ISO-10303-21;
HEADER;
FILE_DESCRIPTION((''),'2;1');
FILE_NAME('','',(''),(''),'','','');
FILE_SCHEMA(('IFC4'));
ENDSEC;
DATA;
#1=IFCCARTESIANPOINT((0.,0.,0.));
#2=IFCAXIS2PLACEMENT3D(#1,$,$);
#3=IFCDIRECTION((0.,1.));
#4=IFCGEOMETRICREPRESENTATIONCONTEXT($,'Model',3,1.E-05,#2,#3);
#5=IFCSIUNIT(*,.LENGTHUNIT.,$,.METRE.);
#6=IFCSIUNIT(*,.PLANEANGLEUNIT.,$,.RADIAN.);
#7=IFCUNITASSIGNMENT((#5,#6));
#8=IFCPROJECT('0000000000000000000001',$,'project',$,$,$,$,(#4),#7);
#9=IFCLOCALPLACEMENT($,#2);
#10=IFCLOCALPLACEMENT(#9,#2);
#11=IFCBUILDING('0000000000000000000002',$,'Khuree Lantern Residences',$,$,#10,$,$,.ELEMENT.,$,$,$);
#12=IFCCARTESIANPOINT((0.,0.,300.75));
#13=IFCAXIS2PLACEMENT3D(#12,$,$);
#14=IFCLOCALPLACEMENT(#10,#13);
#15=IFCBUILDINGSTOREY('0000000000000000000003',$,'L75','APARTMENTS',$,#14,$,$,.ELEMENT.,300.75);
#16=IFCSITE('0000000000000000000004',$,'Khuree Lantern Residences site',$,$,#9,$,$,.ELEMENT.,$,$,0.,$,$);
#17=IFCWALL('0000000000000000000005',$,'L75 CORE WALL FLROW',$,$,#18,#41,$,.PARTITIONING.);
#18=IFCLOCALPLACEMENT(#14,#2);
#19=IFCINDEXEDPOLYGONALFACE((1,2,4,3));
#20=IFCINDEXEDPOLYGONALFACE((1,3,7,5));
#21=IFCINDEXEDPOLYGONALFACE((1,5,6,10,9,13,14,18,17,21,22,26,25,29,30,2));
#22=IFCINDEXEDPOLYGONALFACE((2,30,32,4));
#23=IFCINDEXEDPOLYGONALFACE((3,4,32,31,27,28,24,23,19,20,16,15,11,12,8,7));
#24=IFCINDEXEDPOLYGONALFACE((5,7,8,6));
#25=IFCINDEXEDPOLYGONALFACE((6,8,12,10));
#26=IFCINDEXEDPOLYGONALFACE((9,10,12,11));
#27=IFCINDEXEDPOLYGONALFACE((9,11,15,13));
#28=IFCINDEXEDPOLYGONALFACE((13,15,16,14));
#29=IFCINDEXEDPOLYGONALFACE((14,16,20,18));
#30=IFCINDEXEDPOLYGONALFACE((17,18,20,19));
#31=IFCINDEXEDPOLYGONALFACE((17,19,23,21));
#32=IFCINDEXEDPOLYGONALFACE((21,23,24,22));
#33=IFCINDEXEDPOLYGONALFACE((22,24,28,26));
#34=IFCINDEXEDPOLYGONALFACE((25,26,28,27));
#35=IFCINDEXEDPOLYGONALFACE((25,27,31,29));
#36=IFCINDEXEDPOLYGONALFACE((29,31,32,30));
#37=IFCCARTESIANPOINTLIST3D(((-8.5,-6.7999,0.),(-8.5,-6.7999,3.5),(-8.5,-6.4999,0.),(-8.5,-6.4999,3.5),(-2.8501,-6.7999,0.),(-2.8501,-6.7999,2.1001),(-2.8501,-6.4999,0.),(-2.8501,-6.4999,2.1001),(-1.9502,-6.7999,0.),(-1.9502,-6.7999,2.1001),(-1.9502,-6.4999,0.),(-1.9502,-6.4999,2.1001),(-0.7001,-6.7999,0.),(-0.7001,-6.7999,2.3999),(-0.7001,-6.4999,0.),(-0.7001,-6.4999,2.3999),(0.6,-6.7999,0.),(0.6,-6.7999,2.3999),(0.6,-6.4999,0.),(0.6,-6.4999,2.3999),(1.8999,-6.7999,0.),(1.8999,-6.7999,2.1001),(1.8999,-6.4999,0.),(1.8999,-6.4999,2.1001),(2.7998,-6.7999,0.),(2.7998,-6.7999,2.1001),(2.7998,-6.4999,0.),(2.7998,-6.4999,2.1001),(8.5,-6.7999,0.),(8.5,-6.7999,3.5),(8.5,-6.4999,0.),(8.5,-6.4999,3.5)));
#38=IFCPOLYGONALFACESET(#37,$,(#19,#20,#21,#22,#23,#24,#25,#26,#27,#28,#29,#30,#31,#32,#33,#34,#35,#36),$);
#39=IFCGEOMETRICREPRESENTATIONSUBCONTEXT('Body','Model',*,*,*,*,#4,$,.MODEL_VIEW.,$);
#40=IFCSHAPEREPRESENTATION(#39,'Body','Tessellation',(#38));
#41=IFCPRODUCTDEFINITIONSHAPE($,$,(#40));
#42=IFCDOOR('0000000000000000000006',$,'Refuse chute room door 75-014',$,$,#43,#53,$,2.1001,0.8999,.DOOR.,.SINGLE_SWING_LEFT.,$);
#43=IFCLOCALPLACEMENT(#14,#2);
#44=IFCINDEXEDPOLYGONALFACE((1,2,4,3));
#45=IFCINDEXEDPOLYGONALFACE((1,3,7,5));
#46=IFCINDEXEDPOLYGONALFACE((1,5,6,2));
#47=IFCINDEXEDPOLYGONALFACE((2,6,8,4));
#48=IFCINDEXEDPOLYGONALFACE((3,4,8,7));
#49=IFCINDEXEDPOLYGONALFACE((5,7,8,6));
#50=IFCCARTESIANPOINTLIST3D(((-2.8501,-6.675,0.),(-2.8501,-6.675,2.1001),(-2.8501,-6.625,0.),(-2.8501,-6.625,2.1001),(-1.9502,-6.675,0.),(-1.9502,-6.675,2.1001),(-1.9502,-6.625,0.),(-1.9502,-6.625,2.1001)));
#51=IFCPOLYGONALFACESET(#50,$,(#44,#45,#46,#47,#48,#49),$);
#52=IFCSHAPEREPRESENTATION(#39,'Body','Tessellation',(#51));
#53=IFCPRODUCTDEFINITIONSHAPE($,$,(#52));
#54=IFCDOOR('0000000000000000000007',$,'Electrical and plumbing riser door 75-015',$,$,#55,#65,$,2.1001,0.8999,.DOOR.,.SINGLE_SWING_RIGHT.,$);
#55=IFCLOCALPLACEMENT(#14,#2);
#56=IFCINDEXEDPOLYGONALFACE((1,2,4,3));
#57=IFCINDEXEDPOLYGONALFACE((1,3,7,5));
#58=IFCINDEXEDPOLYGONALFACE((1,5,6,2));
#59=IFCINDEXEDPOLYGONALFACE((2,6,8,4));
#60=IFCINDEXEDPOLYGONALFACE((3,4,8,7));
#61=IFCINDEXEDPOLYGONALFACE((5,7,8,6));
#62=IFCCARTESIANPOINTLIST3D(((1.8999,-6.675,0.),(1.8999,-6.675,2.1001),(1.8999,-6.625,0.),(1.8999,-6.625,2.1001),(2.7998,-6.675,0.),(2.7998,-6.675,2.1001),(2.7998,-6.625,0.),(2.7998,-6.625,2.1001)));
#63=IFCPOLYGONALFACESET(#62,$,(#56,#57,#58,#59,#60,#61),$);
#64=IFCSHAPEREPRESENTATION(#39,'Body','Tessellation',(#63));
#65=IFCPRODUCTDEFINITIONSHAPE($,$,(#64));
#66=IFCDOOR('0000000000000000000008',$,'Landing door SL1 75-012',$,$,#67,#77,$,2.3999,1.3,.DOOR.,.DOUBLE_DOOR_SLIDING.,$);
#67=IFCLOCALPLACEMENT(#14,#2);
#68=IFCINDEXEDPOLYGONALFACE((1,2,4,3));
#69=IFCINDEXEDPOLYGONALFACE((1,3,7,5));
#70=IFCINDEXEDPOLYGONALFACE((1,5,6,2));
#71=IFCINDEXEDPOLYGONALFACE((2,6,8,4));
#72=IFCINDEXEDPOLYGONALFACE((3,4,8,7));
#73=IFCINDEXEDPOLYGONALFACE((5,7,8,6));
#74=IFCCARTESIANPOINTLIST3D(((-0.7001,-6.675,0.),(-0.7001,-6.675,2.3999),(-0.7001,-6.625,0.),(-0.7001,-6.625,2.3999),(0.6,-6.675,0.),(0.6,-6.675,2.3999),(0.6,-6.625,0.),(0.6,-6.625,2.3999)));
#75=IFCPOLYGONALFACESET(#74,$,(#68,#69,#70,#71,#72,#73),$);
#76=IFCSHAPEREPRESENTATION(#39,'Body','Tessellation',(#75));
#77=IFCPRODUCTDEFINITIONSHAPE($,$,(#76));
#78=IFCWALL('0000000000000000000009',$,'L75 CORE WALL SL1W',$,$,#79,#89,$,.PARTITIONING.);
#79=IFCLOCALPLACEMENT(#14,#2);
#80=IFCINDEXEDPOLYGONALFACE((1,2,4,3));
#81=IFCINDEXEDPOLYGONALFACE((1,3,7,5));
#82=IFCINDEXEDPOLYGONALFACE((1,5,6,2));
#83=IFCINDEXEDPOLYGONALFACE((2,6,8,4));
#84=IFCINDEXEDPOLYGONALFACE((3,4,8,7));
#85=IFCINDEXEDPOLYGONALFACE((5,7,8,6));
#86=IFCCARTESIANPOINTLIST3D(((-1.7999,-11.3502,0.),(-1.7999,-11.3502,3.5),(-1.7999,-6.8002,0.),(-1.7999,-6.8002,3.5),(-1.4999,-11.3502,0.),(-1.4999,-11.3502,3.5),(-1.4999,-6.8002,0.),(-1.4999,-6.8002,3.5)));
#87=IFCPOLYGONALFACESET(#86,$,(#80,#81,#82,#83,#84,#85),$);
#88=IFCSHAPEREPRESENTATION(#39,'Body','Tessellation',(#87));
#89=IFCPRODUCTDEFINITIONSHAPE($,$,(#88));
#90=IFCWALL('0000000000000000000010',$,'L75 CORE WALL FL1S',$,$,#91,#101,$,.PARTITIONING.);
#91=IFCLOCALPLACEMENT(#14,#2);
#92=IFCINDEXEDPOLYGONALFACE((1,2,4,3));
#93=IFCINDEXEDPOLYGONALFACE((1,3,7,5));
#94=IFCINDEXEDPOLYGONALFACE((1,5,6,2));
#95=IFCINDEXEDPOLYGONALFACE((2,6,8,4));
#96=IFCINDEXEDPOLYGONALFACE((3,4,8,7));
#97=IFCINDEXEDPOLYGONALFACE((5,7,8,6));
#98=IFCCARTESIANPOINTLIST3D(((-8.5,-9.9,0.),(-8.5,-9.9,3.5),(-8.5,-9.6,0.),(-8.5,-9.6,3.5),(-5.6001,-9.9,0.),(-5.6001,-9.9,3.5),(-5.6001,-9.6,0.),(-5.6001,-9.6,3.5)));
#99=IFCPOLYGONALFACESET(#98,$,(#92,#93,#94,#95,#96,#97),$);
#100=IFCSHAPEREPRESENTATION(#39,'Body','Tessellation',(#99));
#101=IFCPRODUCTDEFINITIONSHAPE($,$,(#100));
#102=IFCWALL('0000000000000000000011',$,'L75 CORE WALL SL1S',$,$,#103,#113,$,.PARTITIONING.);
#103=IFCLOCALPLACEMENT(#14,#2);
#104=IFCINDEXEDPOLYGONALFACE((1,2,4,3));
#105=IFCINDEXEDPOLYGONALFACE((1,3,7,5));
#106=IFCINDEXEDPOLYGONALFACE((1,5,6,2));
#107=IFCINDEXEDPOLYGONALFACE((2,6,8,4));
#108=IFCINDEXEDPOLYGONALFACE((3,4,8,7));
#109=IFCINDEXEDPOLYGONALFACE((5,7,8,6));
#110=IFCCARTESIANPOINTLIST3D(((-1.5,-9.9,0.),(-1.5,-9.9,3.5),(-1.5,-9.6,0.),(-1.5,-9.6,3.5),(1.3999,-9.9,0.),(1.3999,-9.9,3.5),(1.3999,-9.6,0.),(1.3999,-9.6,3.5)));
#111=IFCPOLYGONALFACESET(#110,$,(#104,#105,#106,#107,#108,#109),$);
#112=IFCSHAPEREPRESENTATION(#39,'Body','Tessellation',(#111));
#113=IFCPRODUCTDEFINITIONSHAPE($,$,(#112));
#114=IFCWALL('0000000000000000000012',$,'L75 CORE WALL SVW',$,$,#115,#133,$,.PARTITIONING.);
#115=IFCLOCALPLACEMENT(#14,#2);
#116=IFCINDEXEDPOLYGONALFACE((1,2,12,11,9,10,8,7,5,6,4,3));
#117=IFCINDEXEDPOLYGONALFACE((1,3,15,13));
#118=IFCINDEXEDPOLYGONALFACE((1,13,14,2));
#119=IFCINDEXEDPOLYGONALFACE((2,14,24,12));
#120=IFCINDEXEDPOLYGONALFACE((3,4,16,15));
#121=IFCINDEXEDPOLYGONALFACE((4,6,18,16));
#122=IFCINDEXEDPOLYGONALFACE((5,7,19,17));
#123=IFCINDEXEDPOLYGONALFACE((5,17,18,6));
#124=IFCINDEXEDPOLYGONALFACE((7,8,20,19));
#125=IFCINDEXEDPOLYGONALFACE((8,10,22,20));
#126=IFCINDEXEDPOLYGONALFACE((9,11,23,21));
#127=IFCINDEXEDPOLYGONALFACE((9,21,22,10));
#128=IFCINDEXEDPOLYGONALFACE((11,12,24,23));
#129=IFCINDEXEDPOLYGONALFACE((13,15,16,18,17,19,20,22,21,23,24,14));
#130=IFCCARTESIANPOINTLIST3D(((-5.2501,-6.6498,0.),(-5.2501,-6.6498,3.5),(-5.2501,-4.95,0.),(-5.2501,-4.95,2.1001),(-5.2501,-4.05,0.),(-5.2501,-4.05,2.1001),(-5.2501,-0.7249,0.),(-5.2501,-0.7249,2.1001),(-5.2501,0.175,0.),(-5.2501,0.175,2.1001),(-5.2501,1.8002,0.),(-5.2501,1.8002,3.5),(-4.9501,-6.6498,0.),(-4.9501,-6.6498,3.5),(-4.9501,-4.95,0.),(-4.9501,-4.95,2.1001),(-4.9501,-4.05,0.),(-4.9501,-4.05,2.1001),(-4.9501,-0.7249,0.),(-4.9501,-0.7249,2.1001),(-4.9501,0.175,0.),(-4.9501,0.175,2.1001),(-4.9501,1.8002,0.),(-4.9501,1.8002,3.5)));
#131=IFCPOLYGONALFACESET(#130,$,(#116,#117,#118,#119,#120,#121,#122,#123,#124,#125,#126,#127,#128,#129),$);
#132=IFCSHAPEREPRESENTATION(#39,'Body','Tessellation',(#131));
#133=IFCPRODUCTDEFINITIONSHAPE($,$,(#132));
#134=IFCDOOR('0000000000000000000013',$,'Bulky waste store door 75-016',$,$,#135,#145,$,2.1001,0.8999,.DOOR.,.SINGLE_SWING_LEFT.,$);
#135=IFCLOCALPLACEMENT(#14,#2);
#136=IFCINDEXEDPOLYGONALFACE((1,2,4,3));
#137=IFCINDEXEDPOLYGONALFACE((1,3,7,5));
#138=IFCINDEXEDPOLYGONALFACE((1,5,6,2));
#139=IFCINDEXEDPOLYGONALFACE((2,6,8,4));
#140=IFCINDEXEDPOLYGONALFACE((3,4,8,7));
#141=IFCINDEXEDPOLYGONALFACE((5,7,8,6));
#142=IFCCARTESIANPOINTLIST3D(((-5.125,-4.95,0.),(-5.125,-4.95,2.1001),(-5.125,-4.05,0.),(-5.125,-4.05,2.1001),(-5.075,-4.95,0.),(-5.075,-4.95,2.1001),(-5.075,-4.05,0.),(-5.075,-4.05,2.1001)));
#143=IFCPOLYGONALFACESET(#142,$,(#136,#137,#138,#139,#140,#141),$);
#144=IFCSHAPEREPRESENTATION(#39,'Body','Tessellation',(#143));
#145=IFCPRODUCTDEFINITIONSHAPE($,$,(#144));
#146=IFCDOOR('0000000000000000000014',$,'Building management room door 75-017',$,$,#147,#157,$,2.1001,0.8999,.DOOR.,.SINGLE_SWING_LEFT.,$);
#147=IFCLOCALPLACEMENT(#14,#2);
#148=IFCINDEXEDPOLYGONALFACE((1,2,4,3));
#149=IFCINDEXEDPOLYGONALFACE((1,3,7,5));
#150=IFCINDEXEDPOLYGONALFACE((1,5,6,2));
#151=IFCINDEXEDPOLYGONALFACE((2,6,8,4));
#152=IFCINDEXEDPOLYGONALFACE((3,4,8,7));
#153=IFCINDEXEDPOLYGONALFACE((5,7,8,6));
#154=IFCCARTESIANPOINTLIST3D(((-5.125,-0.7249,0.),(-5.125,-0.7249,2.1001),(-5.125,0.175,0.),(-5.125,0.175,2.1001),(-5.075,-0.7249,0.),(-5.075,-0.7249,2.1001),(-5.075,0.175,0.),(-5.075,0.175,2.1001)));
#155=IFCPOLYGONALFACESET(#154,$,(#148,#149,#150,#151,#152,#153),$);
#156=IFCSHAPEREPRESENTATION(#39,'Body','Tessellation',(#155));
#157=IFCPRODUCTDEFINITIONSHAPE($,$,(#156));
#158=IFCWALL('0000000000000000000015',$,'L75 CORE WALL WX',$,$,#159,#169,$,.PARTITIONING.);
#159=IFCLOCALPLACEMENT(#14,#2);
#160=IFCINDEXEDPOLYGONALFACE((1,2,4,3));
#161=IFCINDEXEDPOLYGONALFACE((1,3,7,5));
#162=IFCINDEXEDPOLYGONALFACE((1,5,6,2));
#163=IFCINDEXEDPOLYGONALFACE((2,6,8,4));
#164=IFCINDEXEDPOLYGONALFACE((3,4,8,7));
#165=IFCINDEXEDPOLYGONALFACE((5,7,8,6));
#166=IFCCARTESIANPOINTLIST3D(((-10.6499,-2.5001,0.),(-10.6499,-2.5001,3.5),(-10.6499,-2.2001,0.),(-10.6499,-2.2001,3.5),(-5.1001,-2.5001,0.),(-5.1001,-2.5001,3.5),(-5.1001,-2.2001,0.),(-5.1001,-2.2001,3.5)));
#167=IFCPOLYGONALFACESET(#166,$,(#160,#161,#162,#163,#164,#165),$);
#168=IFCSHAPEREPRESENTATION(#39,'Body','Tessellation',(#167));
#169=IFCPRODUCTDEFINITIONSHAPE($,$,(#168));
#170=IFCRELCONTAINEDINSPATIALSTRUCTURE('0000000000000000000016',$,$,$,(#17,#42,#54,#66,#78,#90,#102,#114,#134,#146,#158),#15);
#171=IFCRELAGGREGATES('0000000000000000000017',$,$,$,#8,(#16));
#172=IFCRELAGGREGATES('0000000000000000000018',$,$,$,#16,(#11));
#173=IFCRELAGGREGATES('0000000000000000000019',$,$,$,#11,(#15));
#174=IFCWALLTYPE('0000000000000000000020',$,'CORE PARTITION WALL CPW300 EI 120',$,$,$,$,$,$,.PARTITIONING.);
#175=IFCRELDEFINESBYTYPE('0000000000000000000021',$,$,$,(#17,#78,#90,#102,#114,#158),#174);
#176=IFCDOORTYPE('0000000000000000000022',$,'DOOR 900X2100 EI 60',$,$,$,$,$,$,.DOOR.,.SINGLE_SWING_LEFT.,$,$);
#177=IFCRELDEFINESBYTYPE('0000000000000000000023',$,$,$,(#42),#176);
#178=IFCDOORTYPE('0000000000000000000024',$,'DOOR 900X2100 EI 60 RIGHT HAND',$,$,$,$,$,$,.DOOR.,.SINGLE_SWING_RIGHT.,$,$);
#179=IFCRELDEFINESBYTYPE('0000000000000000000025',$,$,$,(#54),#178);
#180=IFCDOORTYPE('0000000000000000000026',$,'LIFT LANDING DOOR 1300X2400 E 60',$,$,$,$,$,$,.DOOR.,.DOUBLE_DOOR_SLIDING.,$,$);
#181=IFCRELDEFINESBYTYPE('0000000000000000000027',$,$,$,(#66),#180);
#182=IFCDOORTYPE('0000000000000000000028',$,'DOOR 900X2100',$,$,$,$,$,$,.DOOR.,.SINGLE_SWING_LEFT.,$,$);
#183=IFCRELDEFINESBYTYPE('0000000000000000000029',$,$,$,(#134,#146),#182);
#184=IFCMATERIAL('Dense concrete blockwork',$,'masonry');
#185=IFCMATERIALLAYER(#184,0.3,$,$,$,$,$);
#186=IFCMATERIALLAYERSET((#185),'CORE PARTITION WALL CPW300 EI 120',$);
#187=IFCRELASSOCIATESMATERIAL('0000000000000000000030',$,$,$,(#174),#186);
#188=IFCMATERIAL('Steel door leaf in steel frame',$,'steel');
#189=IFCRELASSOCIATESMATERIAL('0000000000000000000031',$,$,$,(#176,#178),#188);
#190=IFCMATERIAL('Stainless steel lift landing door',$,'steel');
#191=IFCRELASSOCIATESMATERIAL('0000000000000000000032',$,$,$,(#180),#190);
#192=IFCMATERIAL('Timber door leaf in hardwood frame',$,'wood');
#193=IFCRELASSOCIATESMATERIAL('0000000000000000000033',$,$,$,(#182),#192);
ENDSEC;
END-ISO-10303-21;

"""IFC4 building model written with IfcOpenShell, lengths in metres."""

from ifc_helpers import new_model, si_unit, direction, frame, frame_2d, origin, place, context, subcontext, project, spatial, rectangle, extrude, material, layer, layer_set, type_object, element, fill, save


model = new_model("IFC4")

# Units and contexts
model_context = context("Model", 3, precision=1e-05, world=origin(), true_north=direction((0.0, 1.0)))
body_context = subcontext(model_context, "Body", "Model", "MODEL_VIEW")
ifc_project = project(units=[si_unit("LENGTHUNIT", "METRE"), si_unit("PLANEANGLEUNIT", "RADIAN")], contexts=[model_context])

# Site, building, storey
site_placement = place(None, origin())
site = spatial("IfcSite", under=ifc_project, at=site_placement, Name="Khuree Lantern Residences site", CompositionType="ELEMENT", RefElevation=0.0)
building_placement = place(site_placement, origin())
building = spatial("IfcBuilding", under=site, at=building_placement, Name="Khuree Lantern Residences", CompositionType="ELEMENT")
storey_placement = place(building_placement, frame((0.0, 0.0, 300.75)))
storey = spatial("IfcBuildingStorey", under=building, at=storey_placement, Name="L75", Description="APARTMENTS", CompositionType="ELEMENT", Elevation=300.75)

# Wall, openings, doors
ifc_material_1 = material(Name="Dense concrete blockwork", Category="masonry")
ifc_layer_1 = layer(ifc_material_1, 0.3)
ifc_layer_set_1 = layer_set([ifc_layer_1], Name="CORE PARTITION WALL CPW300 EI 120")
wall_type_1 = type_object("IfcWallType", Name="CORE PARTITION WALL CPW300 EI 120", PredefinedType="PARTITIONING", material=ifc_layer_set_1)
wall_1_placement = place(storey_placement, frame((-8.5, -6.6499, 0.0), z_axis=(0.0, 0.0, 1.0), x_axis=(1.0, 0.0, 0.0)))
wall_1 = element("IfcWall", 1, at=wall_1_placement, inside=storey, type_object=wall_type_1, Name="L75 CORE WALL FLROW", PredefinedType="PARTITIONING", context=body_context, shape_type="SweptSolid", body=[
    extrude(rectangle(XDim=17.0, YDim=0.3, at=frame_2d((8.5, 0.0))), origin(), (0.0, 0.0, 1.0), 3.5),
])
opening_1_placement = place(wall_1_placement, frame((7.8, 0.0, 0.0)))
opening_1 = element("IfcOpeningElement", 2, at=opening_1_placement, cuts=wall_1, PredefinedType="OPENING", context=body_context, shape_type="SweptSolid", body=[
    extrude(rectangle(XDim=1.3, YDim=2.3999, at=frame_2d((0.6499, 1.2))), frame((0.0, 0.1602, 0.0), z_axis=(0.0, -1.0, 0.0), x_axis=(1.0, 0.0, 0.0)), (0.0, 0.0, 1.0), 0.3201),
])
opening_2_placement = place(wall_1_placement, frame((5.6499, 0.0, 0.0)))
opening_2 = element("IfcOpeningElement", 3, at=opening_2_placement, cuts=wall_1, PredefinedType="OPENING", context=body_context, shape_type="SweptSolid", body=[
    extrude(rectangle(XDim=0.8999, YDim=2.1001, at=frame_2d((0.45, 1.05))), frame((0.0, 0.1602, 0.0), z_axis=(0.0, -1.0, 0.0), x_axis=(1.0, 0.0, 0.0)), (0.0, 0.0, 1.0), 0.3201),
])
opening_3_placement = place(wall_1_placement, frame((10.3999, 0.0, 0.0)))
opening_3 = element("IfcOpeningElement", 4, at=opening_3_placement, cuts=wall_1, PredefinedType="OPENING", context=body_context, shape_type="SweptSolid", body=[
    extrude(rectangle(XDim=0.8999, YDim=2.1001, at=frame_2d((0.45, 1.05))), frame((0.0, 0.1602, 0.0), z_axis=(0.0, -1.0, 0.0), x_axis=(1.0, 0.0, 0.0)), (0.0, 0.0, 1.0), 0.3201),
])
ifc_material_2 = material(Name="Steel door leaf in steel frame", Category="steel")
door_type_1 = type_object("IfcDoorType", Name="DOOR 900X2100 EI 60", OperationType="SINGLE_SWING_LEFT", PredefinedType="DOOR", material=ifc_material_2)
door_1_placement = place(opening_2_placement, origin())
door_1 = element("IfcDoor", 5, at=door_1_placement, inside=storey, type_object=door_type_1, Name="Refuse chute room door 75-014", OperationType="SINGLE_SWING_LEFT", OverallHeight=2.1001, OverallWidth=0.8999, PredefinedType="DOOR", context=body_context, shape_type="SweptSolid", body=[
    extrude(rectangle(XDim=0.8999, YDim=2.1001, at=frame_2d((0.45, 1.05))), frame((0.0, 0.0249, 0.0), z_axis=(0.0, -1.0, 0.0), x_axis=(1.0, 0.0, 0.0)), (0.0, 0.0, 1.0), 0.05),
])
fill(opening_2, door_1)
door_type_2 = type_object("IfcDoorType", Name="DOOR 900X2100 EI 60 RIGHT HAND", OperationType="SINGLE_SWING_RIGHT", PredefinedType="DOOR", material=ifc_material_2)
door_2_placement = place(opening_3_placement, origin())
door_2 = element("IfcDoor", 6, at=door_2_placement, inside=storey, type_object=door_type_2, Name="Electrical and plumbing riser door 75-015", OperationType="SINGLE_SWING_RIGHT", OverallHeight=2.1001, OverallWidth=0.8999, PredefinedType="DOOR", context=body_context, shape_type="SweptSolid", body=[
    extrude(rectangle(XDim=0.8999, YDim=2.1001, at=frame_2d((0.45, 1.05))), frame((0.0, 0.0249, 0.0), z_axis=(0.0, -1.0, 0.0), x_axis=(1.0, 0.0, 0.0)), (0.0, 0.0, 1.0), 0.05),
])
fill(opening_3, door_2)
ifc_material_3 = material(Name="Stainless steel lift landing door", Category="steel")
door_type_3 = type_object("IfcDoorType", Name="LIFT LANDING DOOR 1300X2400 E 60", OperationType="DOUBLE_DOOR_SLIDING", PredefinedType="DOOR", material=ifc_material_3)
door_3_placement = place(opening_1_placement, origin())
door_3 = element("IfcDoor", 7, at=door_3_placement, inside=storey, type_object=door_type_3, Name="Landing door SL1 75-012", OperationType="DOUBLE_DOOR_SLIDING", OverallHeight=2.3999, OverallWidth=1.3, PredefinedType="DOOR", context=body_context, shape_type="SweptSolid", body=[
    extrude(rectangle(XDim=1.3, YDim=2.3999, at=frame_2d((0.6499, 1.2))), frame((0.0, 0.0249, 0.0), z_axis=(0.0, -1.0, 0.0), x_axis=(1.0, 0.0, 0.0)), (0.0, 0.0, 1.0), 0.05),
])
fill(opening_1, door_3)

# Walls
wall_2_placement = place(storey_placement, frame((-1.6499, -11.3501, 0.0), z_axis=(0.0, 0.0, 1.0), x_axis=(0.0, 1.0, 0.0)))
element("IfcWall", 8, at=wall_2_placement, inside=storey, type_object=wall_type_1, Name="L75 CORE WALL SL1W", PredefinedType="PARTITIONING", context=body_context, shape_type="SweptSolid", body=[
    extrude(rectangle(XDim=4.55, YDim=0.3, at=frame_2d((2.2749, 0.0))), origin(), (0.0, 0.0, 1.0), 3.5),
])
for number, where, z_axis, x_axis, name in (
    (9, (-8.5, -9.75, 0.0), (0.0, 0.0, 1.0), (1.0, 0.0, 0.0), "L75 CORE WALL FL1S"),
    (10, (-1.5, -9.75, 0.0), (0.0, 0.0, 1.0), (1.0, 0.0, 0.0), "L75 CORE WALL SL1S"),
):
    element("IfcWall", number, at=place(storey_placement, frame(where, z_axis=z_axis, x_axis=x_axis)), inside=storey, type_object=wall_type_1, Name=name, PredefinedType="PARTITIONING", context=body_context, shape_type="SweptSolid", body=[
        extrude(rectangle(XDim=2.8999, YDim=0.3, at=frame_2d((1.45, 0.0))), origin(), (0.0, 0.0, 1.0), 3.5),
    ])

# Wall, openings, doors
wall_3_placement = place(storey_placement, frame((-5.1001, -6.6499, 0.0), z_axis=(0.0, 0.0, 1.0), x_axis=(0.0, 1.0, 0.0)))
wall_3 = element("IfcWall", 11, at=wall_3_placement, inside=storey, type_object=wall_type_1, Name="L75 CORE WALL SVW", PredefinedType="PARTITIONING", context=body_context, shape_type="SweptSolid", body=[
    extrude(rectangle(XDim=8.45, YDim=0.3, at=frame_2d((4.2251, 0.0))), origin(), (0.0, 0.0, 1.0), 3.5),
])
opening_4_placement = place(wall_3_placement, frame((1.7, 0.0, 0.0)))
opening_4 = element("IfcOpeningElement", 12, at=opening_4_placement, cuts=wall_3, PredefinedType="OPENING", context=body_context, shape_type="SweptSolid", body=[
    extrude(rectangle(XDim=0.8999, YDim=2.1001, at=frame_2d((0.45, 1.05))), frame((0.0, 0.1602, 0.0), z_axis=(0.0, -1.0, 0.0), x_axis=(1.0, 0.0, 0.0)), (0.0, 0.0, 1.0), 0.3201),
])
opening_5_placement = place(wall_3_placement, frame((5.925, 0.0, 0.0)))
opening_5 = element("IfcOpeningElement", 13, at=opening_5_placement, cuts=wall_3, PredefinedType="OPENING", context=body_context, shape_type="SweptSolid", body=[
    extrude(rectangle(XDim=0.8999, YDim=2.1001, at=frame_2d((0.45, 1.05))), frame((0.0, 0.1602, 0.0), z_axis=(0.0, -1.0, 0.0), x_axis=(1.0, 0.0, 0.0)), (0.0, 0.0, 1.0), 0.3201),
])
ifc_material_4 = material(Name="Timber door leaf in hardwood frame", Category="wood")
door_type_4 = type_object("IfcDoorType", Name="DOOR 900X2100", OperationType="SINGLE_SWING_LEFT", PredefinedType="DOOR", material=ifc_material_4)
door_4_placement = place(opening_4_placement, origin())
door_4 = element("IfcDoor", 14, at=door_4_placement, inside=storey, type_object=door_type_4, Name="Bulky waste store door 75-016", OperationType="SINGLE_SWING_LEFT", OverallHeight=2.1001, OverallWidth=0.8999, PredefinedType="DOOR", context=body_context, shape_type="SweptSolid", body=[
    extrude(rectangle(XDim=0.8999, YDim=2.1001, at=frame_2d((0.45, 1.05))), frame((0.0, 0.0249, 0.0), z_axis=(0.0, -1.0, 0.0), x_axis=(1.0, 0.0, 0.0)), (0.0, 0.0, 1.0), 0.05),
])
fill(opening_4, door_4)
door_5_placement = place(opening_5_placement, origin())
door_5 = element("IfcDoor", 15, at=door_5_placement, inside=storey, type_object=door_type_4, Name="Building management room door 75-017", OperationType="SINGLE_SWING_LEFT", OverallHeight=2.1001, OverallWidth=0.8999, PredefinedType="DOOR", context=body_context, shape_type="SweptSolid", body=[
    extrude(rectangle(XDim=0.8999, YDim=2.1001, at=frame_2d((0.45, 1.05))), frame((0.0, 0.0249, 0.0), z_axis=(0.0, -1.0, 0.0), x_axis=(1.0, 0.0, 0.0)), (0.0, 0.0, 1.0), 0.05),
])
fill(opening_5, door_5)

# Wall
wall_4_placement = place(storey_placement, frame((-10.6499, -2.3501, 0.0), z_axis=(0.0, 0.0, 1.0), x_axis=(1.0, 0.0, 0.0)))
element("IfcWall", 16, at=wall_4_placement, inside=storey, type_object=wall_type_1, Name="L75 CORE WALL WX", PredefinedType="PARTITIONING", context=body_context, shape_type="SweptSolid", body=[
    extrude(rectangle(XDim=5.5498, YDim=0.3, at=frame_2d((2.7749, 0.0))), origin(), (0.0, 0.0, 1.0), 3.5),
])

save(model, "model.ifc")
